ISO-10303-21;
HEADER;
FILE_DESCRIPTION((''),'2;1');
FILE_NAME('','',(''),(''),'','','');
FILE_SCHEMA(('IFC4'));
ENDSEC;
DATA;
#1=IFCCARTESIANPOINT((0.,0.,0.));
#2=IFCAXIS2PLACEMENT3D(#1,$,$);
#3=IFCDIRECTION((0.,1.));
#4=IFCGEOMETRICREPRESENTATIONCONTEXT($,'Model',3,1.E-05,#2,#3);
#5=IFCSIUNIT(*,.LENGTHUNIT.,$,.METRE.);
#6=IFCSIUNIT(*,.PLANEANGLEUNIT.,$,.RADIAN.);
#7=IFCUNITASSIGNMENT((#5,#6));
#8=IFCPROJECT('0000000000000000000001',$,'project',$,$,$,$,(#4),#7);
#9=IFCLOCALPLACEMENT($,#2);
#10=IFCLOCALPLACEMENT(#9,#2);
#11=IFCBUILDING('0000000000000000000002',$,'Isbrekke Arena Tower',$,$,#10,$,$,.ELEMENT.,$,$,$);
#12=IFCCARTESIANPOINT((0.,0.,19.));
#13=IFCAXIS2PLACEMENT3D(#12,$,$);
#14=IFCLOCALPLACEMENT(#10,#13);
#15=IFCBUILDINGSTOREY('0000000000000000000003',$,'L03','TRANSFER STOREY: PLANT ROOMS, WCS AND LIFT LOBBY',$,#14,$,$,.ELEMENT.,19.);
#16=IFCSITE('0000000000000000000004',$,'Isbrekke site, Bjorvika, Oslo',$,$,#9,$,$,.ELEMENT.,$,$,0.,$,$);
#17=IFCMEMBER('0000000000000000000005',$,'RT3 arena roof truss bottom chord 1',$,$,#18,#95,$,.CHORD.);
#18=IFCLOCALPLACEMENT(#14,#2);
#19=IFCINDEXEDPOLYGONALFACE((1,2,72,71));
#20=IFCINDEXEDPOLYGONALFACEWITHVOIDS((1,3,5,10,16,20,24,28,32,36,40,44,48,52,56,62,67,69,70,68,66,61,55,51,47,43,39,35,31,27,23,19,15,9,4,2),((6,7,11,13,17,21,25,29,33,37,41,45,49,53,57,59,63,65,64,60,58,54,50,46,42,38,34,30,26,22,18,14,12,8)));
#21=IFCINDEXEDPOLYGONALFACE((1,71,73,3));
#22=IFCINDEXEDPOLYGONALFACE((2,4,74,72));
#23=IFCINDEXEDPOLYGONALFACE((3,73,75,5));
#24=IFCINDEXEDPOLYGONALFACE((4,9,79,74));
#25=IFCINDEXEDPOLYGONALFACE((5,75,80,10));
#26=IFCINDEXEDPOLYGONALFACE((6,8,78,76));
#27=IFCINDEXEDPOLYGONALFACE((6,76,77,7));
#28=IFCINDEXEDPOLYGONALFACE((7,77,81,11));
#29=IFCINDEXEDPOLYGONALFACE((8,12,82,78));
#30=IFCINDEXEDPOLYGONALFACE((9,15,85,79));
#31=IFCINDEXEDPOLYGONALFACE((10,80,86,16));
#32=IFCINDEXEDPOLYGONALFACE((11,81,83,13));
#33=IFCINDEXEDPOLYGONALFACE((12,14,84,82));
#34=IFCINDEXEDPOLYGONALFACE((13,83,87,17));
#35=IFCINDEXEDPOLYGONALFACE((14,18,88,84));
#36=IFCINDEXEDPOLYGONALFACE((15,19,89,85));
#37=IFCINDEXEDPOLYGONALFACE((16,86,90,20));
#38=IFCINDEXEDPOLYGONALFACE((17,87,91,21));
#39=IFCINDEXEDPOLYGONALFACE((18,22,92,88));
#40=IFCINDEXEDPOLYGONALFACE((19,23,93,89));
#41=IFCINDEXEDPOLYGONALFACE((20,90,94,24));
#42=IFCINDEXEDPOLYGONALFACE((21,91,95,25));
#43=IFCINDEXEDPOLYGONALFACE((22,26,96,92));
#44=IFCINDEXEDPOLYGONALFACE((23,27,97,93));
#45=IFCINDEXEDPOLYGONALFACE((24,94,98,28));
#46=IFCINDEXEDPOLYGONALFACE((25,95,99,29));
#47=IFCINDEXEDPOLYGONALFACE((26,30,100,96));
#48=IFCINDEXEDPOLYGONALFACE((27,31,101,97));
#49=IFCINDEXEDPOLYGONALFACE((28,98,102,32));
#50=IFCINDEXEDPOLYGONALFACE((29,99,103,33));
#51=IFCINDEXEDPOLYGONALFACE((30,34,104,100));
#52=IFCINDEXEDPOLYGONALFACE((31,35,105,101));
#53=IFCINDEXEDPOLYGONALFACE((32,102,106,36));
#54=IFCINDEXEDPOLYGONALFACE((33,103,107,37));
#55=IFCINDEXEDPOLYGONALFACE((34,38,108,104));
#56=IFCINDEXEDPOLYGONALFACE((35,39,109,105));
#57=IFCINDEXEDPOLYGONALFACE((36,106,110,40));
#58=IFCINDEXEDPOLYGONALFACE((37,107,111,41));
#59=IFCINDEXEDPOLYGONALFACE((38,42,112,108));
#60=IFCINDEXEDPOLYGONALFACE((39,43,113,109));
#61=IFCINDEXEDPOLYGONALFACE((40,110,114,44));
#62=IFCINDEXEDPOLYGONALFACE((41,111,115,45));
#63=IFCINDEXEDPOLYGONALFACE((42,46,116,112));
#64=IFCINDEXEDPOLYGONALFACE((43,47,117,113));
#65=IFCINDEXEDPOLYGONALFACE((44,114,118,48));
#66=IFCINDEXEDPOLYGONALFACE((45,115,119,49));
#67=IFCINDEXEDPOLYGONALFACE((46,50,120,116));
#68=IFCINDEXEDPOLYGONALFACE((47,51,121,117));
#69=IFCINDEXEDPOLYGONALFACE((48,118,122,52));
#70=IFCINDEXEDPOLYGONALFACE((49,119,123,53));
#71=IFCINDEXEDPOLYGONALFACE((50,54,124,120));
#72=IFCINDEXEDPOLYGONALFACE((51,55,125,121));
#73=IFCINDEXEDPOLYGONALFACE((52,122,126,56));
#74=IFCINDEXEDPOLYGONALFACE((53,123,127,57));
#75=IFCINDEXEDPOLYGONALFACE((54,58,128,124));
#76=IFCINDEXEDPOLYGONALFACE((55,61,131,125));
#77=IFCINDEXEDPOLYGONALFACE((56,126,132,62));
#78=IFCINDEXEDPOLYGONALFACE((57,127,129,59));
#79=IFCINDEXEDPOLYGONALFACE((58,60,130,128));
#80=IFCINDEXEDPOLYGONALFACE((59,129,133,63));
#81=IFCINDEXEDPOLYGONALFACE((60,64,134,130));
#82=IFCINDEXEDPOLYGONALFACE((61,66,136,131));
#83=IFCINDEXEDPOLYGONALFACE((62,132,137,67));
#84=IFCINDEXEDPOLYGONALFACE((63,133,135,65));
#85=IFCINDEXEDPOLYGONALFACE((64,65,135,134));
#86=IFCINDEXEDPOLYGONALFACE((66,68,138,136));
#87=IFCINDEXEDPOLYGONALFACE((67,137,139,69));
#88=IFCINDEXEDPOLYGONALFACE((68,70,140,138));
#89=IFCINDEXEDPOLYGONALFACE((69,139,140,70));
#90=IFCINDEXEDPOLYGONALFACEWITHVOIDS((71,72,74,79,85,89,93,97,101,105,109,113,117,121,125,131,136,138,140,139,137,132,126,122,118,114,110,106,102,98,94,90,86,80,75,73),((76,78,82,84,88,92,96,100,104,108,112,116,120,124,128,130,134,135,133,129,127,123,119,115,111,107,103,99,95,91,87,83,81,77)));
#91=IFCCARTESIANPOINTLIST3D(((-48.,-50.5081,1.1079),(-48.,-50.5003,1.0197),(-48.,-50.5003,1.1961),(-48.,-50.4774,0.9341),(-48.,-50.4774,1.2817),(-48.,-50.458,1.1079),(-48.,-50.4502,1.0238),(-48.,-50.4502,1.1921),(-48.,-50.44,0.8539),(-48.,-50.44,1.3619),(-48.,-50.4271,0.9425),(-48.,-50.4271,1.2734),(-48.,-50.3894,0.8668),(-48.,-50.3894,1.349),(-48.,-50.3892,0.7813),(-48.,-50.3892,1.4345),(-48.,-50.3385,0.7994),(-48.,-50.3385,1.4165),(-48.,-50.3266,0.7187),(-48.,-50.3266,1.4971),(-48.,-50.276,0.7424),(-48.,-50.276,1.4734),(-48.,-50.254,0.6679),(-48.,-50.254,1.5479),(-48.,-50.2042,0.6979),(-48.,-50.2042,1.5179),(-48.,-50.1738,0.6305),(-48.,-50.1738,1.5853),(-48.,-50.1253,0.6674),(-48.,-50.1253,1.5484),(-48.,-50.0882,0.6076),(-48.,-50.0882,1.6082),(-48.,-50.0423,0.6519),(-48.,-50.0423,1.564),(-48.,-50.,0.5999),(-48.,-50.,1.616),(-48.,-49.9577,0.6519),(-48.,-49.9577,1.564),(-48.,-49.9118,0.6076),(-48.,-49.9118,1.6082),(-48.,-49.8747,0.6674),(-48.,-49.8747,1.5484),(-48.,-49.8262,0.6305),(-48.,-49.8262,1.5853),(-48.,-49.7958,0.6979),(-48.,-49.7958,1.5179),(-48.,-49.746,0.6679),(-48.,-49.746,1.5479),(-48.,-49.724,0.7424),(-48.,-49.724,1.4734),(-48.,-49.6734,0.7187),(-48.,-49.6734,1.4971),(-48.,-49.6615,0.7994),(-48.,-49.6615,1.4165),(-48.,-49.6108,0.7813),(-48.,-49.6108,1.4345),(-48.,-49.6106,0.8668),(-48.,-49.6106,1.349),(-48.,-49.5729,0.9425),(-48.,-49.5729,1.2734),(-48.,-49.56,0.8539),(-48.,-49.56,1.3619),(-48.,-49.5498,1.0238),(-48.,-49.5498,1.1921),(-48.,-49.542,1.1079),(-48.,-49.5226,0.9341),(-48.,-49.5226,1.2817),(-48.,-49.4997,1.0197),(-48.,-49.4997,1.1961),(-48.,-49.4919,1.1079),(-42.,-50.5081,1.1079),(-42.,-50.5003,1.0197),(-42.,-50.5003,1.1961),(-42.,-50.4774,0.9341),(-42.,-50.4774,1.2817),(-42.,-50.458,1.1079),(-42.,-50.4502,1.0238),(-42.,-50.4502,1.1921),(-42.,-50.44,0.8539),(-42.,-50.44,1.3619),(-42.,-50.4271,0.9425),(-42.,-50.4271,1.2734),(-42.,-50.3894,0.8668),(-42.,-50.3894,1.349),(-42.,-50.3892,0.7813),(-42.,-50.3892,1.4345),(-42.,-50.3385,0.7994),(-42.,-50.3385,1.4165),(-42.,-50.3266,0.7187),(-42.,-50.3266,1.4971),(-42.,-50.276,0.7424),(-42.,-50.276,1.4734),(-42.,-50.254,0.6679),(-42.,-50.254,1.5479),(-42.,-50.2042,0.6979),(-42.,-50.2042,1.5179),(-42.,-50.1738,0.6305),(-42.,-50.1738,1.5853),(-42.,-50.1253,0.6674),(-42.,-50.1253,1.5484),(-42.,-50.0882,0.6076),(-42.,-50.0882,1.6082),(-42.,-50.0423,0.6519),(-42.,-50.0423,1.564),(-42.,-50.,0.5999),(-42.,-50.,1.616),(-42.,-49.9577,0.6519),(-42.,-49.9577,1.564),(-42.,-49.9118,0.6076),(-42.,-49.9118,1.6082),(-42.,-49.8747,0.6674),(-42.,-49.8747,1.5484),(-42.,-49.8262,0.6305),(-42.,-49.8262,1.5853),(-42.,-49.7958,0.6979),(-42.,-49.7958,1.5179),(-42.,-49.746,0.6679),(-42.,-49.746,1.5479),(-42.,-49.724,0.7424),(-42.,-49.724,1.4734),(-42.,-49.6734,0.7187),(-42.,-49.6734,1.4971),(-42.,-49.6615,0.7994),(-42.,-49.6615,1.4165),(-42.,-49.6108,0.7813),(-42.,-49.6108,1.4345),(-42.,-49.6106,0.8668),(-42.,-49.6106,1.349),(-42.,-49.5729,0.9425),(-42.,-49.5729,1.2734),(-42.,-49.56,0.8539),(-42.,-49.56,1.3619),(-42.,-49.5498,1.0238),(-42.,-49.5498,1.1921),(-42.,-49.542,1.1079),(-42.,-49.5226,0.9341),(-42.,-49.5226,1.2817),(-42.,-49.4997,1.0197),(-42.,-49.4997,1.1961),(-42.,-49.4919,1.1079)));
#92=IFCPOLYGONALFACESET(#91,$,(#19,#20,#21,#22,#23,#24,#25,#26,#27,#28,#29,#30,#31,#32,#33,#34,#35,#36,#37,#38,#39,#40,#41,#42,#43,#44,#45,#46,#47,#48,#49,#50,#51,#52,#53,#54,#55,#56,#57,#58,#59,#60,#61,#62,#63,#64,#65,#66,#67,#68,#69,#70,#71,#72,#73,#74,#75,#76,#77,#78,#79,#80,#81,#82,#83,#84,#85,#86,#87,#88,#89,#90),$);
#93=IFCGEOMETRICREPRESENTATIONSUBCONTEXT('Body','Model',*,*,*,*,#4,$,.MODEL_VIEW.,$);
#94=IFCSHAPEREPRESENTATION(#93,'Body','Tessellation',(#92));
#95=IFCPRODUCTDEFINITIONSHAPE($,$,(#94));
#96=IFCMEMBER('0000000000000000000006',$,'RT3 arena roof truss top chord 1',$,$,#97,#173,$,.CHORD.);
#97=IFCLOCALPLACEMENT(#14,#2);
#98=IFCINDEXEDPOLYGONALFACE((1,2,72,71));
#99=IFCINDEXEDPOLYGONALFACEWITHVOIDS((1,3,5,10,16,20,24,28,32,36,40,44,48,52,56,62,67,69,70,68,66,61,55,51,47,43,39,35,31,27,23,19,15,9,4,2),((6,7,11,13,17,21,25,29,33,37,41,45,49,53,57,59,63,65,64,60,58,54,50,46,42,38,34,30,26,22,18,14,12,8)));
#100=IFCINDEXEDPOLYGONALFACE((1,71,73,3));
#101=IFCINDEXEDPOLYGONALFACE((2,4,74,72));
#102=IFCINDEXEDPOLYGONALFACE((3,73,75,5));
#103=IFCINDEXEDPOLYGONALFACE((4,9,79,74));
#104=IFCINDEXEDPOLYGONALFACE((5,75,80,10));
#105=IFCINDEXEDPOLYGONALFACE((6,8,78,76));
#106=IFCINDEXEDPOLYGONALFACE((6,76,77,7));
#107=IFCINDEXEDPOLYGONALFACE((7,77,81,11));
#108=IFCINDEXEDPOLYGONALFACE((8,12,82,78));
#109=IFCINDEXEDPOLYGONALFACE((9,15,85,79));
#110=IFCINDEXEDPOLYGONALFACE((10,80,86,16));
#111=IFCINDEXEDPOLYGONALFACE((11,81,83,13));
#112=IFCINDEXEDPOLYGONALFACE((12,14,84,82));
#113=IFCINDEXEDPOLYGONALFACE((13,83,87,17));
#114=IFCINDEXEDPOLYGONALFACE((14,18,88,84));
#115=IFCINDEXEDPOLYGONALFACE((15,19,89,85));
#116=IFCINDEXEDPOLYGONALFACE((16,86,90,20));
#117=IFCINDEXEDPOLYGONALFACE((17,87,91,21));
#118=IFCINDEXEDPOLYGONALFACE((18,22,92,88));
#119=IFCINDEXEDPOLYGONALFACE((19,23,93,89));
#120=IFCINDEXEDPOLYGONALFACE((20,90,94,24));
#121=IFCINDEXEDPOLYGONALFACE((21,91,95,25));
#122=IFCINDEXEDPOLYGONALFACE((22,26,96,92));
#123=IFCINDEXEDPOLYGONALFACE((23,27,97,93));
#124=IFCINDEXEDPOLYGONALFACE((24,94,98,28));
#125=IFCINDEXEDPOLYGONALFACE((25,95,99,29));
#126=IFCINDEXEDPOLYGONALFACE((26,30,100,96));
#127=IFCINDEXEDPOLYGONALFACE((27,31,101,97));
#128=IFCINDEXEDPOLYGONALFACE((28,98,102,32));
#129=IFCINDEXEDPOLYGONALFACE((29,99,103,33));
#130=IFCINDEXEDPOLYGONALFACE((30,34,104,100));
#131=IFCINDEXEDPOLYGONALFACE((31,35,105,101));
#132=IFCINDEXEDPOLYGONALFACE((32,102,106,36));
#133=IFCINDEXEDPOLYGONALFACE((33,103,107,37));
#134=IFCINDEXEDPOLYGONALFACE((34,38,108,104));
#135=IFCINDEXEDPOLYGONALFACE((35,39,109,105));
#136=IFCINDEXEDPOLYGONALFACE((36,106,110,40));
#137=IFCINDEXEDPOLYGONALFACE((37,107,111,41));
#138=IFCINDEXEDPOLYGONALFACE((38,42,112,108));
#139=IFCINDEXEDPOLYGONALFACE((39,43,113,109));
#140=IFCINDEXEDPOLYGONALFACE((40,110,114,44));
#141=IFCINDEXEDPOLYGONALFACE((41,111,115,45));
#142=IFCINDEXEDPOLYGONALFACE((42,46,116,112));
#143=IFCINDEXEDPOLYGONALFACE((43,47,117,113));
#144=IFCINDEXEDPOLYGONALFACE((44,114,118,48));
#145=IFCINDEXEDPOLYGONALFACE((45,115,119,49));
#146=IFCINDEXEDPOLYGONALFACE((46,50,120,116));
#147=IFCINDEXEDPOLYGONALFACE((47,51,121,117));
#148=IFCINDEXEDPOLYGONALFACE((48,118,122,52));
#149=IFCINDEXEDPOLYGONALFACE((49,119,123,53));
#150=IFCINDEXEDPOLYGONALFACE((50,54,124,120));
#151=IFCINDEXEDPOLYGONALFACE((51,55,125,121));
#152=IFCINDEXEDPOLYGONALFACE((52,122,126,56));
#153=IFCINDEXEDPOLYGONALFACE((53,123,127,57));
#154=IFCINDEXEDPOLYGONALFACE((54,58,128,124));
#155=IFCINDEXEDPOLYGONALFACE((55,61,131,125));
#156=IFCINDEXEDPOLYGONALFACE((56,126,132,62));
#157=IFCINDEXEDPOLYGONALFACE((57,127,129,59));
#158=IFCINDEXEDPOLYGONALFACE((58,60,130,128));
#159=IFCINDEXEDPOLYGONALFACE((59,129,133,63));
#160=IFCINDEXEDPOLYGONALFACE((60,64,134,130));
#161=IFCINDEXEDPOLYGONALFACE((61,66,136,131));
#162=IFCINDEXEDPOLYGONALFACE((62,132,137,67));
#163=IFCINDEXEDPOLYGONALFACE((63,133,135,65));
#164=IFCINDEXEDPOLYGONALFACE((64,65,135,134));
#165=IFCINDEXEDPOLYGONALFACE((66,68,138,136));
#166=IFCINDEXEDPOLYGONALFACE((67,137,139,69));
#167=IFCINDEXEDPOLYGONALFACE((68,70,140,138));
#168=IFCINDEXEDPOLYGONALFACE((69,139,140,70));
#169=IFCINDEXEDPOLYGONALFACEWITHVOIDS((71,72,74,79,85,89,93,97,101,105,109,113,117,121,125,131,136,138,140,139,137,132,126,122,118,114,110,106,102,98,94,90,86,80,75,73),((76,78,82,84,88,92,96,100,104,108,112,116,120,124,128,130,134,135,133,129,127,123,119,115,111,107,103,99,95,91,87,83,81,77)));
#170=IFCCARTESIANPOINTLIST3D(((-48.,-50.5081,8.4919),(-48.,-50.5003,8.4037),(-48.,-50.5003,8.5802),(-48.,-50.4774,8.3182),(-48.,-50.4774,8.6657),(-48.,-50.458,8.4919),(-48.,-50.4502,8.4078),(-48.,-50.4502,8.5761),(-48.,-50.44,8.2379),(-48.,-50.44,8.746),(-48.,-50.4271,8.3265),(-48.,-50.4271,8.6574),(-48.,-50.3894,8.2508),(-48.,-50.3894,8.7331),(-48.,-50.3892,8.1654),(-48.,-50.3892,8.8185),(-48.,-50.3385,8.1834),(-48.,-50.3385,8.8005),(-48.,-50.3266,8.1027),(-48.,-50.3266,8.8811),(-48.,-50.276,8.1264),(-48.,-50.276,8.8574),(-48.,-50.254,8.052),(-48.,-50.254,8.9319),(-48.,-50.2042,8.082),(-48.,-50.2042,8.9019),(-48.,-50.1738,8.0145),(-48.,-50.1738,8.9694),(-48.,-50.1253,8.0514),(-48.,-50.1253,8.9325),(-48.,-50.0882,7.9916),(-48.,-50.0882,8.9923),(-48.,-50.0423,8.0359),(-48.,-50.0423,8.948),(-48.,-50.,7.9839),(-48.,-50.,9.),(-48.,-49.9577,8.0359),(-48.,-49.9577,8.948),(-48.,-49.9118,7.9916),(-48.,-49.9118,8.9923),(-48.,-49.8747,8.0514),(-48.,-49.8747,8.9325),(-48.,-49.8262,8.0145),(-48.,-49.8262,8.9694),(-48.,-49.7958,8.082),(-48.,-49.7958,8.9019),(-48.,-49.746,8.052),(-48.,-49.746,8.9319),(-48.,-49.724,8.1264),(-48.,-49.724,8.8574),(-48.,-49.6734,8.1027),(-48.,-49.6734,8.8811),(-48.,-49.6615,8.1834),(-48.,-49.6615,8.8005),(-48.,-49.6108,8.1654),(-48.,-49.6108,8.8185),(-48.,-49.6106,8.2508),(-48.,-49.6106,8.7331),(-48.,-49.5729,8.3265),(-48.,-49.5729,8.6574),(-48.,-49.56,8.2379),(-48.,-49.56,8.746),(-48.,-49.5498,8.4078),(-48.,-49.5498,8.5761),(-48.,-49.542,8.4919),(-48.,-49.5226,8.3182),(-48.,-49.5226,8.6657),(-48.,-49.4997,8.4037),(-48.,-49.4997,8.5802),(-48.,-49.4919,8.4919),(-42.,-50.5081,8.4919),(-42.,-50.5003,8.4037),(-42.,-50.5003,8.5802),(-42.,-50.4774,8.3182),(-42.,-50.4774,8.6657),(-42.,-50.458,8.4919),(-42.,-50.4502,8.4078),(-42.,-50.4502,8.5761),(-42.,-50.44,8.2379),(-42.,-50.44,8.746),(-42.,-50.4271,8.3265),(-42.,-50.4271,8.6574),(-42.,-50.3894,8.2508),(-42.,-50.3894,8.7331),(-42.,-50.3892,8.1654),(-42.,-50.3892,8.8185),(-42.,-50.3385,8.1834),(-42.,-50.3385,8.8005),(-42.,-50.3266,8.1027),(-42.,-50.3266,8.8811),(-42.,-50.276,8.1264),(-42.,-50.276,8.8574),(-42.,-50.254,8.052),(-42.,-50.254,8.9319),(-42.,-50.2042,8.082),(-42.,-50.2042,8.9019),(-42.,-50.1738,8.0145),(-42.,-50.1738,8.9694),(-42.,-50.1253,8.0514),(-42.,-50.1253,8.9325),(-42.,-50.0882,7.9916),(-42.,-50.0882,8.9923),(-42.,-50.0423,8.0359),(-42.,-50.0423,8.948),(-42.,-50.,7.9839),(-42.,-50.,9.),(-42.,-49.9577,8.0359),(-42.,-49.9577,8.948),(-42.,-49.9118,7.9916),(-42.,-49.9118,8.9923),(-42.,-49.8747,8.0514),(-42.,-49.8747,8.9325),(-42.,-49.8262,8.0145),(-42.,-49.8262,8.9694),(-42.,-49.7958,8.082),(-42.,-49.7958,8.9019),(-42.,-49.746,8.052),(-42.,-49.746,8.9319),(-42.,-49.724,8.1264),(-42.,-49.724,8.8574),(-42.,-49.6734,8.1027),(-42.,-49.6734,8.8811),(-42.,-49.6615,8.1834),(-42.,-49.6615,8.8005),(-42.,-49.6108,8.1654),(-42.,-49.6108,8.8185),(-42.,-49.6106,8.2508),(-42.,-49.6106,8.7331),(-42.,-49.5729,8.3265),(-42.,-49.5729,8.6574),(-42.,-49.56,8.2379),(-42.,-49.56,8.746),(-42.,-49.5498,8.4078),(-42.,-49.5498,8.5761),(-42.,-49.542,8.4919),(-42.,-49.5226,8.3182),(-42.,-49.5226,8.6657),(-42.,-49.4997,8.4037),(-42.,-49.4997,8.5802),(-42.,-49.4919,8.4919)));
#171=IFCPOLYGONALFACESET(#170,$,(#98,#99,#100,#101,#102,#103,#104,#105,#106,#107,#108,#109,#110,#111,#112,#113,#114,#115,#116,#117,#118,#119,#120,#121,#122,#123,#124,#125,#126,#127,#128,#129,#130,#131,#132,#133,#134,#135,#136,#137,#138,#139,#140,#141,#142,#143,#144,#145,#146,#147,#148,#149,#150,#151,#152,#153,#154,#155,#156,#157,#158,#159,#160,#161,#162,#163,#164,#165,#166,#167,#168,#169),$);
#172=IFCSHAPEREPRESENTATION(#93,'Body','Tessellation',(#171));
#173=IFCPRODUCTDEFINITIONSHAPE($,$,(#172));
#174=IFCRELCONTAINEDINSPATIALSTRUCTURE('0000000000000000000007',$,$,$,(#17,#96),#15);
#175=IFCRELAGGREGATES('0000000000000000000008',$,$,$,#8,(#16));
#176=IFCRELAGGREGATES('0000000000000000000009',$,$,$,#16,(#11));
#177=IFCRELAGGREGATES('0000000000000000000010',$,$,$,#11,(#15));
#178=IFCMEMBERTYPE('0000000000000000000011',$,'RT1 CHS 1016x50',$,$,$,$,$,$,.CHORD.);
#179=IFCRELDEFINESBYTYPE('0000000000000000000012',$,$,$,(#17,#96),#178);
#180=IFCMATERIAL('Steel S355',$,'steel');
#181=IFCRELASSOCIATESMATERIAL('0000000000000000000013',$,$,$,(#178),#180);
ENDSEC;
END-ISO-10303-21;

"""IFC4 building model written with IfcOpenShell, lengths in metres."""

from ifc_helpers import new_model, si_unit, direction, frame, origin, origin_2d, place, context, subcontext, project, spatial, hollow_circle, extrude, material, material_profile, profile_set, type_object, element, save


model = new_model("IFC4")

# Units and contexts
model_context = context("Model", 3, precision=1e-05, world=origin(), true_north=direction((0.0, 1.0)))
body_context = subcontext(model_context, "Body", "Model", "MODEL_VIEW")
ifc_project = project(units=[si_unit("LENGTHUNIT", "METRE"), si_unit("PLANEANGLEUNIT", "RADIAN")], contexts=[model_context])

# Site, building, storey
site_placement = place(None, origin())
site = spatial("IfcSite", under=ifc_project, at=site_placement, Name="Isbrekke site, Bjorvika, Oslo", CompositionType="ELEMENT", RefElevation=0.0)
building_placement = place(site_placement, origin())
building = spatial("IfcBuilding", under=site, at=building_placement, Name="Isbrekke Arena Tower", CompositionType="ELEMENT")
storey_placement = place(building_placement, frame((0.0, 0.0, 19.0)))
storey = spatial("IfcBuildingStorey", under=building, at=storey_placement, Name="L03", Description="TRANSFER STOREY: PLANT ROOMS, WCS AND LIFT LOBBY", CompositionType="ELEMENT", Elevation=19.0)

# Members
ifc_material_1 = material(Name="Steel S355", Category="steel")
ifc_material_profile_1 = material_profile(ifc_material_1, hollow_circle(Radius=0.5081, WallThickness=0.05, at=origin_2d()), Name="CHS 1016x50")
ifc_profile_set_1 = profile_set([ifc_material_profile_1], Name="Steel S355")
member_type_1 = type_object("IfcMemberType", Name="RT1 CHS 1016x50", PredefinedType="CHORD", material=ifc_profile_set_1)
for number, where, z_axis, x_axis, name in (
    (1, (-48.0, -50.0, 1.1079), (1.0, 0.0, 0.0), (0.0, 1.0, 0.0), "RT3 arena roof truss bottom chord 1"),
    (2, (-48.0, -50.0, 8.4919), (1.0, 0.0, 0.0), (0.0, 1.0, 0.0), "RT3 arena roof truss top chord 1"),
):
    element("IfcMember", number, at=place(storey_placement, frame(where, z_axis=z_axis, x_axis=x_axis)), inside=storey, type_object=member_type_1, Name=name, PredefinedType="CHORD", context=body_context, shape_type="SweptSolid", body=[
        extrude(hollow_circle(Radius=0.5081, WallThickness=0.05, at=origin_2d()), origin(), (0.0, 0.0, 1.0), 6.0),
    ])

save(model, "model.ifc")
